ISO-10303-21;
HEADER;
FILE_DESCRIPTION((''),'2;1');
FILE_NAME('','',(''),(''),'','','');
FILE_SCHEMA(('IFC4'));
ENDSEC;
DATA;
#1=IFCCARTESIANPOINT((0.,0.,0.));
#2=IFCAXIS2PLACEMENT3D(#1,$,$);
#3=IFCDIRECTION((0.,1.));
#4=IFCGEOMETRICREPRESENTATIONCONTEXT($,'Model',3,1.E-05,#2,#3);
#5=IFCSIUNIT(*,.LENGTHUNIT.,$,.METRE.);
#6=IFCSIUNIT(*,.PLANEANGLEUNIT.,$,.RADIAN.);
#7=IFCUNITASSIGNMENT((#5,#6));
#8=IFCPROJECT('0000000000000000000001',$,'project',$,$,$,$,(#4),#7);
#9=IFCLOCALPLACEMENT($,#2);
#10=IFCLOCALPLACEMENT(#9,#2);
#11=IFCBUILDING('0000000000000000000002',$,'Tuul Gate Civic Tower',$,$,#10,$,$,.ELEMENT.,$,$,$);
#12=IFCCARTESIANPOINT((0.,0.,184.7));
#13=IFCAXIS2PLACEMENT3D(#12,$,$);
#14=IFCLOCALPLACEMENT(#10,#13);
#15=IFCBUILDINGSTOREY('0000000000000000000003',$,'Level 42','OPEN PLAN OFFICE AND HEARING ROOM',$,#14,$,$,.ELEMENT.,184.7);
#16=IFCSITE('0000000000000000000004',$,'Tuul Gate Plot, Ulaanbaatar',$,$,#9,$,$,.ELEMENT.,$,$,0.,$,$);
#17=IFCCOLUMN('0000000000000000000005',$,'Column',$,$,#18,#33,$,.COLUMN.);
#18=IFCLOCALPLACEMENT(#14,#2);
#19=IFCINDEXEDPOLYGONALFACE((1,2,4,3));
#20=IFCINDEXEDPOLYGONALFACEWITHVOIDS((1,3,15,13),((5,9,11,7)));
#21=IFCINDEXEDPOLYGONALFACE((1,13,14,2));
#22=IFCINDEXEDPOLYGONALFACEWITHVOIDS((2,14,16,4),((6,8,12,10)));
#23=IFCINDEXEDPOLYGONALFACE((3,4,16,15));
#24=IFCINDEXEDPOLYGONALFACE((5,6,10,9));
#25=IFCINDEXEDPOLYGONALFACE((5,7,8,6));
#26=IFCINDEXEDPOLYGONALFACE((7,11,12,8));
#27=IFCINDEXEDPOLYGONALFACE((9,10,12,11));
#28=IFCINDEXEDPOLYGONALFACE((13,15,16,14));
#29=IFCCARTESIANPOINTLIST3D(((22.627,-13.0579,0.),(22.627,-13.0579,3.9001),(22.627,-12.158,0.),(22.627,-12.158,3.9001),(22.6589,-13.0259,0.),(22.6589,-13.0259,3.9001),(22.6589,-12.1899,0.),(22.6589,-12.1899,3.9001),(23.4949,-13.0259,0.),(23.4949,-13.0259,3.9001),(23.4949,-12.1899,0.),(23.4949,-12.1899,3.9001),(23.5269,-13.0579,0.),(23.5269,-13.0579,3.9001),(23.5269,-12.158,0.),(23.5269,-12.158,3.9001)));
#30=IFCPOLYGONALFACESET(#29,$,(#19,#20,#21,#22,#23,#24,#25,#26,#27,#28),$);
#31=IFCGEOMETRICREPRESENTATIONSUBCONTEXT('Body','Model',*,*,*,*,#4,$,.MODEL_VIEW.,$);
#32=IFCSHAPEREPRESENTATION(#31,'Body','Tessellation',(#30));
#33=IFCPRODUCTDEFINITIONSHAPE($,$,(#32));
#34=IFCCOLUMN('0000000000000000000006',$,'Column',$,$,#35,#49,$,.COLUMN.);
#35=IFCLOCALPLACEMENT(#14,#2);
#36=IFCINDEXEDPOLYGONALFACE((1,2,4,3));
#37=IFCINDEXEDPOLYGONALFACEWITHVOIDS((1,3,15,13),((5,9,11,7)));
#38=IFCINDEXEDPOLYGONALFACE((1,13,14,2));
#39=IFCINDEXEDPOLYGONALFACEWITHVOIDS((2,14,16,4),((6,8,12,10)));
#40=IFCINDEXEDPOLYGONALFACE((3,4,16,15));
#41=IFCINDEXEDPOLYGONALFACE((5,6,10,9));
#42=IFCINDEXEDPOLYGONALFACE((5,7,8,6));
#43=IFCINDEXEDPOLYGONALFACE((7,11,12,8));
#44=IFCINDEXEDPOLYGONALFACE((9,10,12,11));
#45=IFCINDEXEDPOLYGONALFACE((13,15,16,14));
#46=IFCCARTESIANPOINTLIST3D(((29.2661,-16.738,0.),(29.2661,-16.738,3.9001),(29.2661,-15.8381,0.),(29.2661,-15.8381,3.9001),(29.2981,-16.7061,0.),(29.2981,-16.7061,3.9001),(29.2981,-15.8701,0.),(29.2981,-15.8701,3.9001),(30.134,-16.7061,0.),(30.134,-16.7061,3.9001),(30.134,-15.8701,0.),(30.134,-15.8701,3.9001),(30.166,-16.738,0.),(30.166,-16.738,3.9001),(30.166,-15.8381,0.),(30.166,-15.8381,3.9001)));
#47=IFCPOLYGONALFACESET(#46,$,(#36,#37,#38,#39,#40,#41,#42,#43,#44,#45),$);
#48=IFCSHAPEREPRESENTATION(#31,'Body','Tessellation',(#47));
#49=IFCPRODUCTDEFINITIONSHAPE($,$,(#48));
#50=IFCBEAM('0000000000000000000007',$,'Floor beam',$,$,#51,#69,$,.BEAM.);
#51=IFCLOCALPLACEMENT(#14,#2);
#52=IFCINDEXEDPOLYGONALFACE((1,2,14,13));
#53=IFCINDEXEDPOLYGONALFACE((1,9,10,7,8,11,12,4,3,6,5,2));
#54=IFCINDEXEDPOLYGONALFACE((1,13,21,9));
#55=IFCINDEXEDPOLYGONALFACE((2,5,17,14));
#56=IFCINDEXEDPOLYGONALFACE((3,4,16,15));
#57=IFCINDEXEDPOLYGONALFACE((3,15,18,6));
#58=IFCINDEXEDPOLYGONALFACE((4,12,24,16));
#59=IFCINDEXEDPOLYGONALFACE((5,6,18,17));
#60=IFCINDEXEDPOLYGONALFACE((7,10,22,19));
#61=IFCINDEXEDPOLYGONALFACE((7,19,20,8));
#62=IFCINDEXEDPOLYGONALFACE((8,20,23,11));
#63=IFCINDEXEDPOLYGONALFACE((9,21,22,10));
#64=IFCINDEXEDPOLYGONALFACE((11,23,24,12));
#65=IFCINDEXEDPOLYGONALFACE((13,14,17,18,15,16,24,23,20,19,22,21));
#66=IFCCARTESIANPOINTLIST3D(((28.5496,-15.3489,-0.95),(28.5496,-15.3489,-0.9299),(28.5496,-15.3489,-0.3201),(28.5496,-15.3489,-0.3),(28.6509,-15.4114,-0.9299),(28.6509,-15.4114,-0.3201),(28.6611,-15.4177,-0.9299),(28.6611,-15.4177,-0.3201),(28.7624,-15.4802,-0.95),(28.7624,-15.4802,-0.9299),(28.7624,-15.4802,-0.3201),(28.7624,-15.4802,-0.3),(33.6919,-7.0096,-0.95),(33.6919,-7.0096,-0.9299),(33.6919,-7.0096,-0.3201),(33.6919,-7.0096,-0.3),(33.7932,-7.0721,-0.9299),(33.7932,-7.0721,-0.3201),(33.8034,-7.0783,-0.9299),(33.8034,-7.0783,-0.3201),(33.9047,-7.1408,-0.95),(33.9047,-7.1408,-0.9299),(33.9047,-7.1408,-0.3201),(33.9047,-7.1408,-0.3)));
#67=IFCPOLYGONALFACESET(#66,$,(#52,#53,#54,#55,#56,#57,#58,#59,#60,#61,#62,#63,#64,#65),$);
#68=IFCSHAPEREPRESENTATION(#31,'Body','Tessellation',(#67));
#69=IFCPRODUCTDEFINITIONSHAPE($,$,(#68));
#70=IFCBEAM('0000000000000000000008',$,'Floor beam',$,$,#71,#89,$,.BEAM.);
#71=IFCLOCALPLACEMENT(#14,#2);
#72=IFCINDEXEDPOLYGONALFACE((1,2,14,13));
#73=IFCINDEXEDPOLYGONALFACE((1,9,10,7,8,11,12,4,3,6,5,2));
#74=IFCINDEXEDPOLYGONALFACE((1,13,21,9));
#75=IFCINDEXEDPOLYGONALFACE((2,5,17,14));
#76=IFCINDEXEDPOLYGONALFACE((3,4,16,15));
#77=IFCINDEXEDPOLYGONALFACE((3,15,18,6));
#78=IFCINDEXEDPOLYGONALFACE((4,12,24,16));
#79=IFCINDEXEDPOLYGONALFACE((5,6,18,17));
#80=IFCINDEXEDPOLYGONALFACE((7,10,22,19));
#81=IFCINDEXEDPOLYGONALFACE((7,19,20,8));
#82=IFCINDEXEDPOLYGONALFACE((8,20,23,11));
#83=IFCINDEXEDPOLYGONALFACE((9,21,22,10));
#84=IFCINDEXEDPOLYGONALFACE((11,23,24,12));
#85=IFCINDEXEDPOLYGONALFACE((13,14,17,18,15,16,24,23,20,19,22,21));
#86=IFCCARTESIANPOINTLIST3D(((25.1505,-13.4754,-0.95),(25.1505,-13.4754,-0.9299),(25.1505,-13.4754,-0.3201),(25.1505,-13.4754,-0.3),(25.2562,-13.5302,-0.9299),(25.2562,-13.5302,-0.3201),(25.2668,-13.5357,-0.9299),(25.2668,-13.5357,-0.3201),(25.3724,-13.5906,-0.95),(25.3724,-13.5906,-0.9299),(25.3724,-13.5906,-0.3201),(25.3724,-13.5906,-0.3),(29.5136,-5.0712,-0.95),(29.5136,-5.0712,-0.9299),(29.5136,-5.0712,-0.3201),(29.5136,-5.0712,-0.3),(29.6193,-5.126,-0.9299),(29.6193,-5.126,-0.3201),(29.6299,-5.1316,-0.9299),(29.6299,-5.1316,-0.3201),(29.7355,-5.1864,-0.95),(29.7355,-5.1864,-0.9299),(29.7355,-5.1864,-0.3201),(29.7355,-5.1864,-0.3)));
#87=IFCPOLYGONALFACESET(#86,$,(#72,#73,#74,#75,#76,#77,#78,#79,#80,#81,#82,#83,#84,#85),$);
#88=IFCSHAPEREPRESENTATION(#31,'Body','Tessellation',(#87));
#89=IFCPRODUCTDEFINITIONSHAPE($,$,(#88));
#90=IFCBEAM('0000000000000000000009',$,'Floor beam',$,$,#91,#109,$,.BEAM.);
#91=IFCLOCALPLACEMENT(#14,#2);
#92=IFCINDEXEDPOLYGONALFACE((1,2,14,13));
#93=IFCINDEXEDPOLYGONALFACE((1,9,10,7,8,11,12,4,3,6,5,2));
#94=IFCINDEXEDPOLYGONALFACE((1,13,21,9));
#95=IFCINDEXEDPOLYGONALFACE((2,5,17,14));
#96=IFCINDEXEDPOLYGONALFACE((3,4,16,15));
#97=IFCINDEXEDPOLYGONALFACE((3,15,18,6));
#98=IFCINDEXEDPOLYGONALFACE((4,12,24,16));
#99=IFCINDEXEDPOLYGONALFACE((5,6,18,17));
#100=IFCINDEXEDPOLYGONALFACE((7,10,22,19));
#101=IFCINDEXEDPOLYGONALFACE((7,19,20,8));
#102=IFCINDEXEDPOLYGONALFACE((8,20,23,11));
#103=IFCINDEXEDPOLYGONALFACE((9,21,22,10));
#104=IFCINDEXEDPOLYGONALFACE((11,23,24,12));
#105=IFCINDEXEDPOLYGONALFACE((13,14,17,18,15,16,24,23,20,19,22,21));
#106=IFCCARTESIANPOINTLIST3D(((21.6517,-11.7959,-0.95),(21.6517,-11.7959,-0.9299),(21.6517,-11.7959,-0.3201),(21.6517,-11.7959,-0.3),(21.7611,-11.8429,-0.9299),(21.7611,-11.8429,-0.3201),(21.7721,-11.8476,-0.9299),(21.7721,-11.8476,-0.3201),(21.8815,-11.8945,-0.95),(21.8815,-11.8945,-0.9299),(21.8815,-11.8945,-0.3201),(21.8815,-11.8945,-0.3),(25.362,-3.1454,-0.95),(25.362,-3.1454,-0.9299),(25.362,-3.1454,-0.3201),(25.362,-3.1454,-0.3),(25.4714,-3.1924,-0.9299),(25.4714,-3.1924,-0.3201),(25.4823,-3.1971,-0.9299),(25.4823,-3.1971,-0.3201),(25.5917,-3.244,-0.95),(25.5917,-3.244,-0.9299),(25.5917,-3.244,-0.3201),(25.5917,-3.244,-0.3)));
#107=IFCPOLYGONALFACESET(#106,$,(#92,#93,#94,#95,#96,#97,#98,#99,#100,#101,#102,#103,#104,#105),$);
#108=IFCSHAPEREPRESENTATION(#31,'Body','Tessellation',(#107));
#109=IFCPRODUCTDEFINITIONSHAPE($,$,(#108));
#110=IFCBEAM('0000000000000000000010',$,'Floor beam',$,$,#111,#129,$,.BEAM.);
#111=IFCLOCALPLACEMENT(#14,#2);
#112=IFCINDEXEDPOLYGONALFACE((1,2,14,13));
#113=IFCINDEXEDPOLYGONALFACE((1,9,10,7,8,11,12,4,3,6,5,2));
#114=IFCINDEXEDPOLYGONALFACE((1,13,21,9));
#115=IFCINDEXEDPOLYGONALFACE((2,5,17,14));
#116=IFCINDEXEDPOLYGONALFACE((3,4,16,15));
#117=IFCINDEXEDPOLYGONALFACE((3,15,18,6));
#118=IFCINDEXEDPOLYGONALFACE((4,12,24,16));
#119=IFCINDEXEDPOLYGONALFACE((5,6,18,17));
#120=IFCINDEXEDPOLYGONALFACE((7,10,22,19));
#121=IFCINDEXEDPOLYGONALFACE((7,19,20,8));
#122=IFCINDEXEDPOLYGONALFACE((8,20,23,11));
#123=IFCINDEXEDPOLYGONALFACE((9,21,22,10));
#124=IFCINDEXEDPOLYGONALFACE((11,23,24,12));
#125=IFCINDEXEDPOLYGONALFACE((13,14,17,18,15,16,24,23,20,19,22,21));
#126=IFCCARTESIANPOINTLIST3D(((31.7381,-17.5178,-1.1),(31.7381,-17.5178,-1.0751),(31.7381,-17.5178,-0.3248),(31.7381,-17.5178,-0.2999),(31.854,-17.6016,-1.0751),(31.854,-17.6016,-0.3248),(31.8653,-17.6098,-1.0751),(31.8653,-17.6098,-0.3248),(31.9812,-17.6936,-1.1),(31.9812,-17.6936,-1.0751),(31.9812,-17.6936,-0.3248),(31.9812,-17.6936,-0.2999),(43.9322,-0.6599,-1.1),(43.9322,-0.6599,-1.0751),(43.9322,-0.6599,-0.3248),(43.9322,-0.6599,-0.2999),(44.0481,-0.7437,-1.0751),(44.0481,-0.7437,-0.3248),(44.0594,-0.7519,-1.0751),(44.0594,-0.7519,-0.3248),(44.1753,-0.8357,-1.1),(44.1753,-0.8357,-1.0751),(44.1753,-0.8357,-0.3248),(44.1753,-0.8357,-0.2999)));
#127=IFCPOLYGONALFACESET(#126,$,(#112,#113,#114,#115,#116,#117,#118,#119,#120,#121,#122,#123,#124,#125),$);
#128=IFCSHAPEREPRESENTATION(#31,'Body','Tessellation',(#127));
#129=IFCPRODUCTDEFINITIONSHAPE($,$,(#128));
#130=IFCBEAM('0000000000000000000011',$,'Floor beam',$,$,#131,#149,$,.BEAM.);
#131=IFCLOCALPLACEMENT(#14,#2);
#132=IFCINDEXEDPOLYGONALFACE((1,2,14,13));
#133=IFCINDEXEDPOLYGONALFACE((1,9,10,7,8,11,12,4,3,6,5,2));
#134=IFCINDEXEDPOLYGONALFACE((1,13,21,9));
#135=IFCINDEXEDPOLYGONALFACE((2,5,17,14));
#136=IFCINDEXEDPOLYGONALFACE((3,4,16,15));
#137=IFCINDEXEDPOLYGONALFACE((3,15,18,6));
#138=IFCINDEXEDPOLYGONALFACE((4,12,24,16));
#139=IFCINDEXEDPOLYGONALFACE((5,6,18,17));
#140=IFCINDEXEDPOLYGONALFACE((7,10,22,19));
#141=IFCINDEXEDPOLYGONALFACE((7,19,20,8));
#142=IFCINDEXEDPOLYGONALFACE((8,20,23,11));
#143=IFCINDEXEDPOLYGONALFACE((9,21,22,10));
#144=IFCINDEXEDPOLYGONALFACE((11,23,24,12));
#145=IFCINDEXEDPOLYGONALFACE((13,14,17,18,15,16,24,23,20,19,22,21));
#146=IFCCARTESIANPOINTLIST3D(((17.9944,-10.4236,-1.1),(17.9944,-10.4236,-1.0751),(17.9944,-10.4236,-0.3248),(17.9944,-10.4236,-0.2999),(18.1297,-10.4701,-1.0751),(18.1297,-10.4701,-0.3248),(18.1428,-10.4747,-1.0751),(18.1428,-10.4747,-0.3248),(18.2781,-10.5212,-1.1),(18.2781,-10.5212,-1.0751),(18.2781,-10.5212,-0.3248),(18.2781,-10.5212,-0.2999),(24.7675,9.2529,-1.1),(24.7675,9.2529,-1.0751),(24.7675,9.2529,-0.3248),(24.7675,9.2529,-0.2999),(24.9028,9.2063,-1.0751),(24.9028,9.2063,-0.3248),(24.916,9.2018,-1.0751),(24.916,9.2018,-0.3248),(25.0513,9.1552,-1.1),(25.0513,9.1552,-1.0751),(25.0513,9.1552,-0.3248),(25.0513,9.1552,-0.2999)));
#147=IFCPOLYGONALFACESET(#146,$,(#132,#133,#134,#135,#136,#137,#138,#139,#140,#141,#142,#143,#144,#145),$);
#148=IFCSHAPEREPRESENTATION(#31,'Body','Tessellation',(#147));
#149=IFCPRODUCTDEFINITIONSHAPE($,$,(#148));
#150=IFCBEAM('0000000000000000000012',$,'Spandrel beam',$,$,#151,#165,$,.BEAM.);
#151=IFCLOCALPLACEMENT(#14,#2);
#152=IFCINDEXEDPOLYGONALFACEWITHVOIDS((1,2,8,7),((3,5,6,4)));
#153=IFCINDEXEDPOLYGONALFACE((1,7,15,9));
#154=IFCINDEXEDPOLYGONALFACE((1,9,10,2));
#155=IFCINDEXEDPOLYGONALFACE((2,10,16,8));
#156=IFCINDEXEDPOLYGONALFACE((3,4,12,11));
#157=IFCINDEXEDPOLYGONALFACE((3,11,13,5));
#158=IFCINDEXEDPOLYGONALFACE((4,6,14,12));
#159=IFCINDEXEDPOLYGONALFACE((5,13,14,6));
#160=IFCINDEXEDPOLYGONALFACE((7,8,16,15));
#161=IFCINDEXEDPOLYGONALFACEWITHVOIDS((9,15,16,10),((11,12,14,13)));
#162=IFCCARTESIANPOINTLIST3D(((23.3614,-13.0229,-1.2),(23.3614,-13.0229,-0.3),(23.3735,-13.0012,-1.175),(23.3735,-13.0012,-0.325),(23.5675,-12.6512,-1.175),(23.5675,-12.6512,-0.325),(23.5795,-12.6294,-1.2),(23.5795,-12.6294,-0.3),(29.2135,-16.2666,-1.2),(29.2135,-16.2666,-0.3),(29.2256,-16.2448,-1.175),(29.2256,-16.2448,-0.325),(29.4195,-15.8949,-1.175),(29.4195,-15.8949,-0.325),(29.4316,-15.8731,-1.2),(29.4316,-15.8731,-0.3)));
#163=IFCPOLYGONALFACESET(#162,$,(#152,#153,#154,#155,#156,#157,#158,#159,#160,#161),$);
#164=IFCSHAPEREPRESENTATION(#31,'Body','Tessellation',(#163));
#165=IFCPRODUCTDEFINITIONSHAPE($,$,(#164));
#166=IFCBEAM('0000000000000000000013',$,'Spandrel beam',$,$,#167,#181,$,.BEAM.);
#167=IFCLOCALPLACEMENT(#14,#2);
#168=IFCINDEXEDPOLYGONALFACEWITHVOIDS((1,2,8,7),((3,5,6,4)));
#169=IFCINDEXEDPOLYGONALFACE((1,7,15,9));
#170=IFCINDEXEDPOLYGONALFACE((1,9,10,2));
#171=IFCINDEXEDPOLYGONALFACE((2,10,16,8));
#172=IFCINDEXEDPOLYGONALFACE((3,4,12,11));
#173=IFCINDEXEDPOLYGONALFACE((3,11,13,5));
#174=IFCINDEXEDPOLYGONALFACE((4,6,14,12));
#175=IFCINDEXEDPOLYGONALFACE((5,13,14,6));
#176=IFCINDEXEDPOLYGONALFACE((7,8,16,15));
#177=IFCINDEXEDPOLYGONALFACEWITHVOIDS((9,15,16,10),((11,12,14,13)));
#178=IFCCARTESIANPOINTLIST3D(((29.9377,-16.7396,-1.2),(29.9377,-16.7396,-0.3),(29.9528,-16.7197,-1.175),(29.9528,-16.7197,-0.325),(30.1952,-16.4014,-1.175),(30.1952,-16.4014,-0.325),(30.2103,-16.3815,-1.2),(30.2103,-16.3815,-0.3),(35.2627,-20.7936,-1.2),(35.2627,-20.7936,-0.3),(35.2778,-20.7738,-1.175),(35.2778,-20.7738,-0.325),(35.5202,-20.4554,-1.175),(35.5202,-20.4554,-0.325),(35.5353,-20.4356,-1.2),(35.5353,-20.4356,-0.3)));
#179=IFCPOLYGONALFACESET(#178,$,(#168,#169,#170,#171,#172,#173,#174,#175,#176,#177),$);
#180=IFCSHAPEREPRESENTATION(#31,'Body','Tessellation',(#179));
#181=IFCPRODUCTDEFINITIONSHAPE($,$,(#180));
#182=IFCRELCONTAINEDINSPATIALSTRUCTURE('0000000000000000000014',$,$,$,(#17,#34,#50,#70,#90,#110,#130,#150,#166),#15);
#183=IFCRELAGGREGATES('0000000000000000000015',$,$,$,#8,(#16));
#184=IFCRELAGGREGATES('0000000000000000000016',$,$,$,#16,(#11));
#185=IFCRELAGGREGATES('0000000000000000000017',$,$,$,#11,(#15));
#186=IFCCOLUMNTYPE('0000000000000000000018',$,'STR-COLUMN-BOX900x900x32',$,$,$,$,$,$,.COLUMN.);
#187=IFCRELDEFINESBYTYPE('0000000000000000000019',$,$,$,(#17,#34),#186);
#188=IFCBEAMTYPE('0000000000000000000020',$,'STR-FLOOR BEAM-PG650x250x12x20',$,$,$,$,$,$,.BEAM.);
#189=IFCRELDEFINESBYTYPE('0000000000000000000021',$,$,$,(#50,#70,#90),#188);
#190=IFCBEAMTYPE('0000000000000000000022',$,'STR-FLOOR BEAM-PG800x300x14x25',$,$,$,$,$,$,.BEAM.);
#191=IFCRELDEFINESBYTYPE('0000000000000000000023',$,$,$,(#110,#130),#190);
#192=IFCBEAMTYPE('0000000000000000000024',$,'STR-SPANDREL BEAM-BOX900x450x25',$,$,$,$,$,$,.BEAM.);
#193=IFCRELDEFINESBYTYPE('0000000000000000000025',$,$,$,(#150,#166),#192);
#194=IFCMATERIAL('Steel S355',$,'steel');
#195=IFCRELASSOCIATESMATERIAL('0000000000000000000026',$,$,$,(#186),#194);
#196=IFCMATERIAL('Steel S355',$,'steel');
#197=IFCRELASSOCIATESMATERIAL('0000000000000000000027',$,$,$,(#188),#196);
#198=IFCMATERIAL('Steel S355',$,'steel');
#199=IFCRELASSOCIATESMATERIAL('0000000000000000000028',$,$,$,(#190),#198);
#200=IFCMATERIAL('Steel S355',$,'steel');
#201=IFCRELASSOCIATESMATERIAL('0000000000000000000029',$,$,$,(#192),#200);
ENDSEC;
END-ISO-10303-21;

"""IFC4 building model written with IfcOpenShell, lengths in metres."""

from ifc_helpers import new_model, si_unit, direction, frame, origin, origin_2d, place, context, subcontext, project, spatial, hollow_rectangle, i_section, extrude, material, material_profile, profile_set, type_object, element, save


model = new_model("IFC4")

# Units and contexts
model_context = context("Model", 3, precision=1e-05, world=origin(), true_north=direction((0.0, 1.0)))
body_context = subcontext(model_context, "Body", "Model", "MODEL_VIEW")
ifc_project = project(units=[si_unit("LENGTHUNIT", "METRE"), si_unit("PLANEANGLEUNIT", "RADIAN")], contexts=[model_context])

# Site, building, storey
site_placement = place(None, origin())
site = spatial("IfcSite", under=ifc_project, at=site_placement, Name="Tuul Gate Plot, Ulaanbaatar", CompositionType="ELEMENT", RefElevation=0.0)
building_placement = place(site_placement, origin())
building = spatial("IfcBuilding", under=site, at=building_placement, Name="Tuul Gate Civic Tower", CompositionType="ELEMENT")
storey_placement = place(building_placement, frame((0.0, 0.0, 184.7)))
storey = spatial("IfcBuildingStorey", under=building, at=storey_placement, Name="Level 42", Description="OPEN PLAN OFFICE AND HEARING ROOM", CompositionType="ELEMENT", Elevation=184.7)

# Columns
ifc_material_1 = material(Name="Steel S355", Category="steel")
ifc_material_profile_1 = material_profile(ifc_material_1, hollow_rectangle(XDim=0.8999, YDim=0.8999, WallThickness=0.032, at=origin_2d()), Name="BOX900x900x32")
ifc_profile_set_1 = profile_set([ifc_material_profile_1], Name="Steel S355")
column_type = type_object("IfcColumnType", Name="STR-COLUMN-BOX900x900x32", PredefinedType="COLUMN", material=ifc_profile_set_1)
for number, where, z_axis, x_axis, name in (
    (1, (23.0769, -12.6079, 0.0), (0.0, 0.0, 1.0), (1.0, 0.0, 0.0), "Column"),
    (2, (29.7161, -16.2881, 0.0), (0.0, 0.0, 1.0), (1.0, 0.0, 0.0), "Column"),
):
    element("IfcColumn", number, at=place(storey_placement, frame(where, z_axis=z_axis, x_axis=x_axis)), inside=storey, type_object=column_type, Name=name, PredefinedType="COLUMN", context=body_context, shape_type="SweptSolid", body=[
        extrude(hollow_rectangle(XDim=0.8999, YDim=0.8999, WallThickness=0.032, at=origin_2d()), origin(), (0.0, 0.0, 1.0), 3.9001),
    ])

# Beams
ifc_material_2 = material(Name="Steel S355", Category="steel")
ifc_material_profile_2 = material_profile(ifc_material_2, i_section(OverallWidth=0.25, OverallDepth=0.6499, WebThickness=0.012, FlangeThickness=0.02, at=origin_2d()), Name="PG650x250x12x20")
ifc_profile_set_2 = profile_set([ifc_material_profile_2], Name="Steel S355")
beam_type_1 = type_object("IfcBeamType", Name="STR-FLOOR BEAM-PG650x250x12x20", PredefinedType="BEAM", material=ifc_profile_set_2)
beam_1_placement = place(storey_placement, frame((28.656, -15.4146, -0.625), z_axis=(0.524869, 0.851183, 0.0), x_axis=(-0.851183, 0.524869, 0.0)))
element("IfcBeam", 3, at=beam_1_placement, inside=storey, type_object=beam_type_1, Name="Floor beam", PredefinedType="BEAM", context=body_context, shape_type="SweptSolid", body=[
    extrude(i_section(OverallWidth=0.25, OverallDepth=0.6499, WebThickness=0.012, FlangeThickness=0.02, at=origin_2d()), origin(), (0.0, 0.0, 1.0), 9.7974),
])
beam_2_placement = place(storey_placement, frame((25.2615, -13.533, -0.625), z_axis=(0.460765, 0.887522, 0.0), x_axis=(-0.887522, 0.460765, 0.0)))
element("IfcBeam", 4, at=beam_2_placement, inside=storey, type_object=beam_type_1, Name="Floor beam", PredefinedType="BEAM", context=body_context, shape_type="SweptSolid", body=[
    extrude(i_section(OverallWidth=0.25, OverallDepth=0.6499, WebThickness=0.012, FlangeThickness=0.02, at=origin_2d()), origin(), (0.0, 0.0, 1.0), 9.4692),
])
beam_3_placement = place(storey_placement, frame((21.7666, -11.8452, -0.625), z_axis=(0.394179, 0.919034, 0.0), x_axis=(-0.919034, 0.394179, 0.0)))
element("IfcBeam", 5, at=beam_3_placement, inside=storey, type_object=beam_type_1, Name="Floor beam", PredefinedType="BEAM", context=body_context, shape_type="SweptSolid", body=[
    extrude(i_section(OverallWidth=0.25, OverallDepth=0.6499, WebThickness=0.012, FlangeThickness=0.02, at=origin_2d()), origin(), (0.0, 0.0, 1.0), 9.4126),
])
ifc_material_3 = material(Name="Steel S355", Category="steel")
ifc_material_profile_3 = material_profile(ifc_material_3, i_section(OverallWidth=0.3, OverallDepth=0.8, WebThickness=0.0139, FlangeThickness=0.0249, at=origin_2d()), Name="PG800x300x14x25")
ifc_profile_set_3 = profile_set([ifc_material_profile_3], Name="Steel S355")
beam_type_2 = type_object("IfcBeamType", Name="STR-FLOOR BEAM-PG800x300x14x25", PredefinedType="BEAM", material=ifc_profile_set_3)
beam_4_placement = place(storey_placement, frame((31.8596, -17.6057, -0.7), z_axis=(0.586088, 0.810247, 0.0), x_axis=(-0.810247, 0.586088, 0.0)))
element("IfcBeam", 6, at=beam_4_placement, inside=storey, type_object=beam_type_2, Name="Floor beam", PredefinedType="BEAM", context=body_context, shape_type="SweptSolid", body=[
    extrude(i_section(OverallWidth=0.3, OverallDepth=0.8, WebThickness=0.0139, FlangeThickness=0.0249, at=origin_2d()), origin(), (0.0, 0.0, 1.0), 20.8059),
])
beam_5_placement = place(storey_placement, frame((18.1362, -10.4724, -0.7), z_axis=(0.325483, 0.945548, 0.0), x_axis=(-0.945548, 0.325483, 0.0)))
element("IfcBeam", 7, at=beam_5_placement, inside=storey, type_object=beam_type_2, Name="Floor beam", PredefinedType="BEAM", context=body_context, shape_type="SweptSolid", body=[
    extrude(i_section(OverallWidth=0.3, OverallDepth=0.8, WebThickness=0.0139, FlangeThickness=0.0249, at=origin_2d()), origin(), (0.0, 0.0, 1.0), 20.8096),
])
ifc_material_4 = material(Name="Steel S355", Category="steel")
ifc_material_profile_4 = material_profile(ifc_material_4, hollow_rectangle(XDim=0.45, YDim=0.8999, WallThickness=0.0249, at=origin_2d()), Name="BOX900x450x25")
ifc_profile_set_4 = profile_set([ifc_material_profile_4], Name="Steel S355")
beam_type_3 = type_object("IfcBeamType", Name="STR-SPANDREL BEAM-BOX900x450x25", PredefinedType="BEAM", material=ifc_profile_set_4)
beam_6_placement = place(storey_placement, frame((23.4705, -12.8262, -0.75), z_axis=(0.874632, -0.484788, 0.0), x_axis=(0.484788, 0.874632, 0.0)))
element("IfcBeam", 8, at=beam_6_placement, inside=storey, type_object=beam_type_3, Name="Spandrel beam", PredefinedType="BEAM", context=body_context, shape_type="SweptSolid", body=[
    extrude(hollow_rectangle(XDim=0.45, YDim=0.8999, WallThickness=0.0249, at=origin_2d()), origin(), (0.0, 0.0, 1.0), 6.6909),
])
beam_7_placement = place(storey_placement, frame((30.074, -16.5605, -0.75), z_axis=(0.795659, -0.605745, 0.0), x_axis=(0.605745, 0.795659, 0.0)))
element("IfcBeam", 9, at=beam_7_placement, inside=storey, type_object=beam_type_3, Name="Spandrel beam", PredefinedType="BEAM", context=body_context, shape_type="SweptSolid", body=[
    extrude(hollow_rectangle(XDim=0.45, YDim=0.8999, WallThickness=0.0249, at=origin_2d()), origin(), (0.0, 0.0, 1.0), 6.6926),
])

save(model, "model.ifc")
